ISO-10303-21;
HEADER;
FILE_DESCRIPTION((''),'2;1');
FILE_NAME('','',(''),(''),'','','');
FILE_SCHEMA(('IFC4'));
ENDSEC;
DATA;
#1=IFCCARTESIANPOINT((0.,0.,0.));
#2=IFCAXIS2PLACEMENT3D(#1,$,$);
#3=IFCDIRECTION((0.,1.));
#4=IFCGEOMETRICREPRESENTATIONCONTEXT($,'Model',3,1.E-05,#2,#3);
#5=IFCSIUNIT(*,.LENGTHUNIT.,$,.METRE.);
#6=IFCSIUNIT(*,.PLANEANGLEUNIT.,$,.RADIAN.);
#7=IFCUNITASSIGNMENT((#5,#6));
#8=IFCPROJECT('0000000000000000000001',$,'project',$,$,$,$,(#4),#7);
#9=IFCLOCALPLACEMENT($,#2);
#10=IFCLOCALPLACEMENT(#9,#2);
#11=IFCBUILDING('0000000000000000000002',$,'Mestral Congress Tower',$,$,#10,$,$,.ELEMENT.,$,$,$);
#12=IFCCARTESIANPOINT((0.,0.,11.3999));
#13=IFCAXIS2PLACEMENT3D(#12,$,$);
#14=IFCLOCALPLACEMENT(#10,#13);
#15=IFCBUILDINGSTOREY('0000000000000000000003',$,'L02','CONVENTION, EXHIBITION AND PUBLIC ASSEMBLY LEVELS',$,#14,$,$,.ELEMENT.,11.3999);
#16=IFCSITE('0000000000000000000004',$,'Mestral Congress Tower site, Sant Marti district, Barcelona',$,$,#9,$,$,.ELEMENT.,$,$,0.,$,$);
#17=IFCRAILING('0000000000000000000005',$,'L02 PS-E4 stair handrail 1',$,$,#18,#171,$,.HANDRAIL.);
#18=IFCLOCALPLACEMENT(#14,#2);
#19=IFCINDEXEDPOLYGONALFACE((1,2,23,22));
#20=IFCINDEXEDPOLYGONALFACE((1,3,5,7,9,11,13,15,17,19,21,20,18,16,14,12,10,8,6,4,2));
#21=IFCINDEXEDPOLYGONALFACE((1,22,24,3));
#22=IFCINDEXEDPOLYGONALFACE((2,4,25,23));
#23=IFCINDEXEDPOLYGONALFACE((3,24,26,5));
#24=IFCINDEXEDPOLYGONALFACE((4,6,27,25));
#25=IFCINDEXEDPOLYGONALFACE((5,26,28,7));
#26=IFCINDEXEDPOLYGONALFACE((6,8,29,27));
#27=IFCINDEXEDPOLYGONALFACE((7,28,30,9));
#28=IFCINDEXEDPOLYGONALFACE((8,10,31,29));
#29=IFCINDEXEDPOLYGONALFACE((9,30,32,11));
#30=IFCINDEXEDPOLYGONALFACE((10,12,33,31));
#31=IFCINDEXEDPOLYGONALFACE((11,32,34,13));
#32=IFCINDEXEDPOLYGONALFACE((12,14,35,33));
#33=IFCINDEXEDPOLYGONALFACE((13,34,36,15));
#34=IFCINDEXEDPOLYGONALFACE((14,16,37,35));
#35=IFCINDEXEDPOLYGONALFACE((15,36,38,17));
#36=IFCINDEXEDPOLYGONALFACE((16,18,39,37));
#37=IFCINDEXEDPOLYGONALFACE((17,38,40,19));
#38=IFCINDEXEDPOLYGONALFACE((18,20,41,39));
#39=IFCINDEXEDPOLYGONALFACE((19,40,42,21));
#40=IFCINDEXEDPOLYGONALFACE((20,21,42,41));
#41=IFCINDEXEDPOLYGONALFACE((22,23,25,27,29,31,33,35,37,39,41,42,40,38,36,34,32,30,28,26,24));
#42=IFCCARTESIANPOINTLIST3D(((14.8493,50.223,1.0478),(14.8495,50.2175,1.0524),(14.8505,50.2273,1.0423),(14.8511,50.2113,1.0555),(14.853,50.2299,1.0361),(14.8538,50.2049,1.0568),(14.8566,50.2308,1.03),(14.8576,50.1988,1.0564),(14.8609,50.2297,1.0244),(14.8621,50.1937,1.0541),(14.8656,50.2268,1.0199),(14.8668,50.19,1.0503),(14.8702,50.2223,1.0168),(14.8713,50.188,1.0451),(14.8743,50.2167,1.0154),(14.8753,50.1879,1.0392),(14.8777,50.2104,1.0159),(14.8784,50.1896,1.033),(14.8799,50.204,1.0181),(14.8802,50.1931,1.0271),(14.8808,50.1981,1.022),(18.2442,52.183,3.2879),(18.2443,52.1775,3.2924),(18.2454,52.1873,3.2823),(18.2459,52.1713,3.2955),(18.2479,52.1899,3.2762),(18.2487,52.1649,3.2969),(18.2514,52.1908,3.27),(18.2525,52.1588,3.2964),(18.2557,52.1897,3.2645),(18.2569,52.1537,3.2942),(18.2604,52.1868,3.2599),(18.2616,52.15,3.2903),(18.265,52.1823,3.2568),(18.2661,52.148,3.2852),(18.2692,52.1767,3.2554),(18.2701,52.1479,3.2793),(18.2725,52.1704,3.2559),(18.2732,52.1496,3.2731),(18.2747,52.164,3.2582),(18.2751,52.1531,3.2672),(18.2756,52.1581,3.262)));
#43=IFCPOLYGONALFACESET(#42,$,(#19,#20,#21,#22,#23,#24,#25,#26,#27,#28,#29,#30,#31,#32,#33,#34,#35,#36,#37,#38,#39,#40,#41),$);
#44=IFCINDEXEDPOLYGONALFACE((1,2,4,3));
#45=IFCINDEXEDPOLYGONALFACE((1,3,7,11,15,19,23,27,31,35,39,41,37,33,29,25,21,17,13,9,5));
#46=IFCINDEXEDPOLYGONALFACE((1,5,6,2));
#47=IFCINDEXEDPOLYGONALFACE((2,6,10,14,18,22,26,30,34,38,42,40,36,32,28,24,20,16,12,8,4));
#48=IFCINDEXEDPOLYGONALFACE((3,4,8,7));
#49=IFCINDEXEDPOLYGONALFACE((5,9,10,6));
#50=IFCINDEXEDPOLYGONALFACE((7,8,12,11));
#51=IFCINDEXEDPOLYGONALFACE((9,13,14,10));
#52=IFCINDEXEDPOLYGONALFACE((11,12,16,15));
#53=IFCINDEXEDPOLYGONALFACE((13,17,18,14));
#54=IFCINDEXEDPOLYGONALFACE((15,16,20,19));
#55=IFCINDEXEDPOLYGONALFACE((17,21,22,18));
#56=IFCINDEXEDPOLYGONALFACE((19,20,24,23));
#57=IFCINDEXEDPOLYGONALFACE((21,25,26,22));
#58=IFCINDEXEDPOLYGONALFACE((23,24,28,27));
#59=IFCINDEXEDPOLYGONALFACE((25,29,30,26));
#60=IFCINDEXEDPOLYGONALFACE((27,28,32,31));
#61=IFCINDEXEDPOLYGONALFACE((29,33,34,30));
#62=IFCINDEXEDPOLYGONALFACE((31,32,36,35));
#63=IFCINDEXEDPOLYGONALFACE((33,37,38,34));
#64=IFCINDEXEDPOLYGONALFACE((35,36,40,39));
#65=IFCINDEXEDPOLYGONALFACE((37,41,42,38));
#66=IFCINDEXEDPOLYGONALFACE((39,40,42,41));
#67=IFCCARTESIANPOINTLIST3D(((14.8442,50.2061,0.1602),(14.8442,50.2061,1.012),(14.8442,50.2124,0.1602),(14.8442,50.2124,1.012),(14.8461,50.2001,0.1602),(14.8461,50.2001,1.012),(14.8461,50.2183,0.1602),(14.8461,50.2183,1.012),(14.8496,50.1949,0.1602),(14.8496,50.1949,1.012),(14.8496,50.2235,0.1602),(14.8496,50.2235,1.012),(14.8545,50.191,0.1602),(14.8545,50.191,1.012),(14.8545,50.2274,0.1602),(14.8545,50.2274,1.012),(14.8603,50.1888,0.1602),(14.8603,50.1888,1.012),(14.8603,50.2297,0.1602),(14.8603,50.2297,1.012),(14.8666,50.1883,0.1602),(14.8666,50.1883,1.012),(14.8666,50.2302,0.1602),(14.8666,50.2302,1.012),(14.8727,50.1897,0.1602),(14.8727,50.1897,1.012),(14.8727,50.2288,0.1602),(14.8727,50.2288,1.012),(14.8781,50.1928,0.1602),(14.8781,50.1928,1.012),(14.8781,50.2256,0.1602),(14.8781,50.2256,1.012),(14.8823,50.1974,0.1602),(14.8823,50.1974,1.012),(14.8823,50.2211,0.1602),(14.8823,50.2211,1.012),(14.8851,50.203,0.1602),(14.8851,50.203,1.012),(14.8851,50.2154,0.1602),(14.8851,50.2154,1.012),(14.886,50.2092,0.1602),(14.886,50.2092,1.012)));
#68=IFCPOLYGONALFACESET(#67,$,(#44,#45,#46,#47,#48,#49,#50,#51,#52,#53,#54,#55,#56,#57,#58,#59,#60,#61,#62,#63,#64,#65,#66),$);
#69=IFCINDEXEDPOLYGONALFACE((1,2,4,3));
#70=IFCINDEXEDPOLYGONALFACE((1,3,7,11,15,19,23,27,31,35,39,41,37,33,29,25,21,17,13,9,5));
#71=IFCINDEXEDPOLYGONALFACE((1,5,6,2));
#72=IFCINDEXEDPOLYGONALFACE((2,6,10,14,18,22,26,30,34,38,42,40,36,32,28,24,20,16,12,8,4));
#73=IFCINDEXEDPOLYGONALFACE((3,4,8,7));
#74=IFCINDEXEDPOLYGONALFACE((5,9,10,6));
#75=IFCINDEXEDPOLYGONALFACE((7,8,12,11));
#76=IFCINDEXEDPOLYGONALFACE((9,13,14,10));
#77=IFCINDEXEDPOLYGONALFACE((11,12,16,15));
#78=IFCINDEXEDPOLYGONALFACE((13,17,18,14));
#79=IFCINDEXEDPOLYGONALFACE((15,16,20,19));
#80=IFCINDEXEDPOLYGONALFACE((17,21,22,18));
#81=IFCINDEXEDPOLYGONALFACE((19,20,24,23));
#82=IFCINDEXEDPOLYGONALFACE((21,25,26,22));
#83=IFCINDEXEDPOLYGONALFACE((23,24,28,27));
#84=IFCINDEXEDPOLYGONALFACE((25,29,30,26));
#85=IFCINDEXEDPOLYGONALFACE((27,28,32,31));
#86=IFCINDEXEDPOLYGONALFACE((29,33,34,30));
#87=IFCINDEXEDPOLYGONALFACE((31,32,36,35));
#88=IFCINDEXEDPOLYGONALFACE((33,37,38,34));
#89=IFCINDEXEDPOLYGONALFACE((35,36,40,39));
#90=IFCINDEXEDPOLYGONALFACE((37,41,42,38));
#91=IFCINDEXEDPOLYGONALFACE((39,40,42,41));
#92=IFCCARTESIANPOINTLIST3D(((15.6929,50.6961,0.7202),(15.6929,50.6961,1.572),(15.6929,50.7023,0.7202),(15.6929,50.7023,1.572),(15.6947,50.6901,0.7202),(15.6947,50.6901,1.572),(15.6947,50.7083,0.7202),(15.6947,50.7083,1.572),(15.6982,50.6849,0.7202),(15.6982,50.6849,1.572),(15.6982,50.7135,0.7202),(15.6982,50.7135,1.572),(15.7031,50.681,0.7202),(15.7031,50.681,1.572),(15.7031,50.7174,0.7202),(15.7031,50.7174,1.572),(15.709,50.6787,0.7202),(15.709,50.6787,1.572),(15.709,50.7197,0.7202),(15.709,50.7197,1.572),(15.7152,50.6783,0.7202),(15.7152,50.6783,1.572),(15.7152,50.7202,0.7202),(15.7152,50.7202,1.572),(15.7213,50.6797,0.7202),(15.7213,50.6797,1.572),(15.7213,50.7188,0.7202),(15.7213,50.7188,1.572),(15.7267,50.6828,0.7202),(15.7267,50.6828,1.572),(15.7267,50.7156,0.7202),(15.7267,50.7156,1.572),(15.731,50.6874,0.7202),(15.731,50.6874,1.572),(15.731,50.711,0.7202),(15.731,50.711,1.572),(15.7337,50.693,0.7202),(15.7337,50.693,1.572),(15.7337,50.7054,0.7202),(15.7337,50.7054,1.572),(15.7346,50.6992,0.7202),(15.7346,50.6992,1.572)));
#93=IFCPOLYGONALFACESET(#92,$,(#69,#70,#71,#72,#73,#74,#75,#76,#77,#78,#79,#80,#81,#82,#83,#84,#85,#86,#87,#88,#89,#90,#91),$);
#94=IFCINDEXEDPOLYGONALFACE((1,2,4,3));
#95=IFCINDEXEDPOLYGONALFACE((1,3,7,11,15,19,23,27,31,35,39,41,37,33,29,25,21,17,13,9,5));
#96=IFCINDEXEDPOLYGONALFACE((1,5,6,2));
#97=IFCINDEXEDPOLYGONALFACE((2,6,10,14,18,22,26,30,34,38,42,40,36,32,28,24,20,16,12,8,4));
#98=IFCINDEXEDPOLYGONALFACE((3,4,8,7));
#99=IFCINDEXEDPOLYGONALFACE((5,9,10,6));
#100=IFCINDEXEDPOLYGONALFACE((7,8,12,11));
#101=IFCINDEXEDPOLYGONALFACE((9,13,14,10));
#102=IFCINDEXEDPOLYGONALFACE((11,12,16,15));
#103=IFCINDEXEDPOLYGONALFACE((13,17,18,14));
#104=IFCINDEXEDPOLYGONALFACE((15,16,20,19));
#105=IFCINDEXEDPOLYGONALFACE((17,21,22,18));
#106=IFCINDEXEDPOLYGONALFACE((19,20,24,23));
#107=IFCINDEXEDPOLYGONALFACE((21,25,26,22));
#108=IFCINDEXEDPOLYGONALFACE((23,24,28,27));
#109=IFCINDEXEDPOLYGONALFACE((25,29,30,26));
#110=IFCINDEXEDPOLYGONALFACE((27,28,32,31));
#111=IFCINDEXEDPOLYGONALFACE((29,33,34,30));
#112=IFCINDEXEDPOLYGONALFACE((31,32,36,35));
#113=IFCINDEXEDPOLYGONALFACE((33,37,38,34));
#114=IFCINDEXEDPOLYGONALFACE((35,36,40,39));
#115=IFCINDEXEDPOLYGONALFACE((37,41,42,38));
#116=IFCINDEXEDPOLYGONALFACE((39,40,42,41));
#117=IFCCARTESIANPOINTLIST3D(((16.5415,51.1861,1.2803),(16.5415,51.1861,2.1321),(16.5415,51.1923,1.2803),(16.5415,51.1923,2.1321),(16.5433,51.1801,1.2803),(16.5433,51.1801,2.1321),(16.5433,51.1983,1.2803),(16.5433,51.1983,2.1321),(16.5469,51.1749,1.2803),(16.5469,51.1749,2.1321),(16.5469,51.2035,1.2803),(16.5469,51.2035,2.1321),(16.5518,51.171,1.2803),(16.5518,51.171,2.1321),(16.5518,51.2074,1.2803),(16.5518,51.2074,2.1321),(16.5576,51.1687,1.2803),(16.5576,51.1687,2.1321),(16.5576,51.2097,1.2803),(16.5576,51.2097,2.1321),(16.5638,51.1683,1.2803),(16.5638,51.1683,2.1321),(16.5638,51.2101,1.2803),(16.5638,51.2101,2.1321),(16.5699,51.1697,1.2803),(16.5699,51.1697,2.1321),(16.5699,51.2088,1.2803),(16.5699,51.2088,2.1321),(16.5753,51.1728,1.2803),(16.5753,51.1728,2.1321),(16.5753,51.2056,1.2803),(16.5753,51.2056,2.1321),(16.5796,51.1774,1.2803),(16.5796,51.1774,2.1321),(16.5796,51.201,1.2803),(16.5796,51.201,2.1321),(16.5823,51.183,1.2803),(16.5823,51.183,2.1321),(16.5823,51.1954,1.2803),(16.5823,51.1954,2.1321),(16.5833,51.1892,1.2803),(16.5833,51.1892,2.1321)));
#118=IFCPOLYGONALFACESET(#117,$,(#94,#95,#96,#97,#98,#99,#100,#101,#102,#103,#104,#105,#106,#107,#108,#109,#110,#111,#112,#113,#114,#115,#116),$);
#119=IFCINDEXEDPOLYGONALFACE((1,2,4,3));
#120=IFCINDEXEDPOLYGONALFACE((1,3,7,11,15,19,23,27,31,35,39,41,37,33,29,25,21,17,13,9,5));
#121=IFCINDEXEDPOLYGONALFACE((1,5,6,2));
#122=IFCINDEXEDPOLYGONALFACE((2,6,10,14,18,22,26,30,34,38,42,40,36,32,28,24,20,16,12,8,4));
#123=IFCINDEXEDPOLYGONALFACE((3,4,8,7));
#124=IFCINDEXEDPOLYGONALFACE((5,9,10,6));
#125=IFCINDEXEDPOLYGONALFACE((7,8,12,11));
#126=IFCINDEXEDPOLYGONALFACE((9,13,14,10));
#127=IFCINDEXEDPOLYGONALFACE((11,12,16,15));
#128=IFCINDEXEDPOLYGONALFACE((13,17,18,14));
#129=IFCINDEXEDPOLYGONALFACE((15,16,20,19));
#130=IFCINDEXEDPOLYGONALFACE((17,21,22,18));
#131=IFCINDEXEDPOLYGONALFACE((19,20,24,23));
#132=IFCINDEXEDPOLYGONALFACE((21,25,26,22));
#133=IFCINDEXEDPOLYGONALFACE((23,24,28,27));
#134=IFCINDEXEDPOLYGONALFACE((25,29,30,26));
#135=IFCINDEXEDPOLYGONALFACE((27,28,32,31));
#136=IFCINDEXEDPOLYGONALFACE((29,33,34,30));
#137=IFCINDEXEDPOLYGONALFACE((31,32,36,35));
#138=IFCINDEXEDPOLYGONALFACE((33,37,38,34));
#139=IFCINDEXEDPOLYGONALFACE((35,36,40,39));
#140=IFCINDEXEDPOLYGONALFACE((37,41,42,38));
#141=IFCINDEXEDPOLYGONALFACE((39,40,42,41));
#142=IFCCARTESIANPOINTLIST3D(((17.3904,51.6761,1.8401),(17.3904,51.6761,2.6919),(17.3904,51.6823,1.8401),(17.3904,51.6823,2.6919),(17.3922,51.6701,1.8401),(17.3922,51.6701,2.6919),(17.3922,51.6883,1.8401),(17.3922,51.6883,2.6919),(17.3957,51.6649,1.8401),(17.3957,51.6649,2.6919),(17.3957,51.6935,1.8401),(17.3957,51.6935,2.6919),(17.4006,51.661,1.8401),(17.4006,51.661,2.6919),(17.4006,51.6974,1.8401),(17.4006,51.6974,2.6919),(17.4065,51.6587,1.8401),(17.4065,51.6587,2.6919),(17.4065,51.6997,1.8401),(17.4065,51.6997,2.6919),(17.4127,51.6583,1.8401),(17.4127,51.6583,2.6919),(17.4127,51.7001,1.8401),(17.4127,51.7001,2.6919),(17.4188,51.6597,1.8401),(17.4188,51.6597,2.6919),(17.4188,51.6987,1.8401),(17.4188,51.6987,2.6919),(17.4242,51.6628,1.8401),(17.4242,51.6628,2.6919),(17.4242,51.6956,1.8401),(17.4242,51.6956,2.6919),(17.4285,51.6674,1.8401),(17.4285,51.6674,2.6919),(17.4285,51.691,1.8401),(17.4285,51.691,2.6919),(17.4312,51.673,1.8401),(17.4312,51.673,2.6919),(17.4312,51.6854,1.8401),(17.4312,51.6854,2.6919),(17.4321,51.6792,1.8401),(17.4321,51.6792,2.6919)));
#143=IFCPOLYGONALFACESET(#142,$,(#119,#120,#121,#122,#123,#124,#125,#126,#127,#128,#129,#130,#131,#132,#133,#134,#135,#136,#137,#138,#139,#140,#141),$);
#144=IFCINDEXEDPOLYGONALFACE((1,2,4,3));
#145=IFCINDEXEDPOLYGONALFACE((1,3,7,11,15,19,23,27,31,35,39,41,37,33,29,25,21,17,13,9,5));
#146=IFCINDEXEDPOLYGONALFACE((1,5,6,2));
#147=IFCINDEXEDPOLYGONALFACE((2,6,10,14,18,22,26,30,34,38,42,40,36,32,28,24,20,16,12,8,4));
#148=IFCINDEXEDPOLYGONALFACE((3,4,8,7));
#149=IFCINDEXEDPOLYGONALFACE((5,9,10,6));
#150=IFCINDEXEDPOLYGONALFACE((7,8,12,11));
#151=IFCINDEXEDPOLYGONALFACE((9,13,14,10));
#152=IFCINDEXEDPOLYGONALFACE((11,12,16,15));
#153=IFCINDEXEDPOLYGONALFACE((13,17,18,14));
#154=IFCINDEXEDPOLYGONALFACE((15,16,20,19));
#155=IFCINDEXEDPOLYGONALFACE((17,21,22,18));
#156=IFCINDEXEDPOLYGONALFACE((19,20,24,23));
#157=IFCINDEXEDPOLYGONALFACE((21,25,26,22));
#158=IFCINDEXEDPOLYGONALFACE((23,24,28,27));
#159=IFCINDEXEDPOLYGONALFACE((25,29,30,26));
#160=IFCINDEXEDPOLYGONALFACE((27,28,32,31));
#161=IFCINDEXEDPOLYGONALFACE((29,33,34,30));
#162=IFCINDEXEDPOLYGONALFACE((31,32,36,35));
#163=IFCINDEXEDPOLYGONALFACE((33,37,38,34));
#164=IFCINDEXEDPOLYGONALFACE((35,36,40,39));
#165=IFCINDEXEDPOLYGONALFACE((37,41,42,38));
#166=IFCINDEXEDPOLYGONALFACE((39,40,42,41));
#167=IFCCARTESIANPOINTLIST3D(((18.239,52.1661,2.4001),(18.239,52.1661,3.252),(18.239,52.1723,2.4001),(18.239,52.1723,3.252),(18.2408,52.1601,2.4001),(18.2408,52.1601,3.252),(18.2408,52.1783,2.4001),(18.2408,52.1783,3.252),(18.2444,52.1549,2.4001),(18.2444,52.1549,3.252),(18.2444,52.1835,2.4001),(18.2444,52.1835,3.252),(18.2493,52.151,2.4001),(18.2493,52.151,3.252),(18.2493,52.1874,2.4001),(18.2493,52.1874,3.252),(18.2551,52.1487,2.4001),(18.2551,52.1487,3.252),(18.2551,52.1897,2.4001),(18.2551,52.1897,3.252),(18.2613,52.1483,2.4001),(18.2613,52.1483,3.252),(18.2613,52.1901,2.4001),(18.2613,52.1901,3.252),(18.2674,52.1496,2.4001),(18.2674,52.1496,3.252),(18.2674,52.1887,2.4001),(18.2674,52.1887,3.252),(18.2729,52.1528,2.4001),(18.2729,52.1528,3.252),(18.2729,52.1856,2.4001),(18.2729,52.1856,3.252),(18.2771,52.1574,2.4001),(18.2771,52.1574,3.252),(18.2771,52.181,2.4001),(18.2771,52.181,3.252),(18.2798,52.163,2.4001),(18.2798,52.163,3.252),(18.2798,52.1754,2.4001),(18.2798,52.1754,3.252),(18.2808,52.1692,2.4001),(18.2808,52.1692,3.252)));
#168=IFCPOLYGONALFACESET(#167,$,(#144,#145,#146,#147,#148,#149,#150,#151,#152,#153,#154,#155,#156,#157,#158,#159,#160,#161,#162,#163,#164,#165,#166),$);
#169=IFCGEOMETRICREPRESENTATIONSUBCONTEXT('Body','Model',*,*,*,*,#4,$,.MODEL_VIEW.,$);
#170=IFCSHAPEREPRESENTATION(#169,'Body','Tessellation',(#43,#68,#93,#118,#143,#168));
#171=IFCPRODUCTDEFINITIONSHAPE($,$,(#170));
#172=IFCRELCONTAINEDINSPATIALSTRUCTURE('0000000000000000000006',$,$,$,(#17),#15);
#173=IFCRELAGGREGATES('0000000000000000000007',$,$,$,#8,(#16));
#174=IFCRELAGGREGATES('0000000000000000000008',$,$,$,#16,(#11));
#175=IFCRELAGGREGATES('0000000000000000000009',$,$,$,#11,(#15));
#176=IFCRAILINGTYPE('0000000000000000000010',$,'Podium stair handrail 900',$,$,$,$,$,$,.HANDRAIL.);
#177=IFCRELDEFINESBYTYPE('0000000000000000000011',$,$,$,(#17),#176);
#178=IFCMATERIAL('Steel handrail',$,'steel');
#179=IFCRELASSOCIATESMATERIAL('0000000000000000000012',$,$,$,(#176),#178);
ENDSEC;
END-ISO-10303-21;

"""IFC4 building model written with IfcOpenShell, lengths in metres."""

from ifc_helpers import new_model, si_unit, direction, frame, origin, origin_2d, place, context, subcontext, project, spatial, circle, extrude, material, type_object, element, save


model = new_model("IFC4")

# Units and contexts
model_context = context("Model", 3, precision=1e-05, world=origin(), true_north=direction((0.0, 1.0)))
body_context = subcontext(model_context, "Body", "Model", "MODEL_VIEW")
ifc_project = project(units=[si_unit("LENGTHUNIT", "METRE"), si_unit("PLANEANGLEUNIT", "RADIAN")], contexts=[model_context])

# Site, building, storey
site_placement = place(None, origin())
site = spatial("IfcSite", under=ifc_project, at=site_placement, Name="Mestral Congress Tower site, Sant Marti district, Barcelona", CompositionType="ELEMENT", RefElevation=0.0)
building_placement = place(site_placement, origin())
building = spatial("IfcBuilding", under=site, at=building_placement, Name="Mestral Congress Tower", CompositionType="ELEMENT")
storey_placement = place(building_placement, frame((0.0, 0.0, 11.3999)))
storey = spatial("IfcBuildingStorey", under=building, at=storey_placement, Name="L02", Description="CONVENTION, EXHIBITION AND PUBLIC ASSEMBLY LEVELS", CompositionType="ELEMENT", Elevation=11.3999)

# Railing
ifc_material_1 = material(Name="Steel handrail", Category="steel")
railing_type_1 = type_object("IfcRailingType", Name="Podium stair handrail 900", PredefinedType="HANDRAIL", material=ifc_material_1)
railing_1_placement = place(storey_placement, frame((14.865, 50.2092, 0.1602)))
element("IfcRailing", 1, at=railing_1_placement, inside=storey, type_object=railing_type_1, Name="L02 PS-E4 stair handrail 1", PredefinedType="HANDRAIL", context=body_context, shape_type="SweptSolid", body=[
    extrude(circle(Radius=0.0239, at=origin_2d()), frame((0.0, 0.0, 0.876), z_axis=(0.75192, 0.434118, 0.496143), x_axis=(-0.499997, 0.866027, 0.0)), (0.0, 0.0, 1.0), 4.5149),
    extrude(circle(Radius=0.021, at=origin_2d()), origin(), (0.0, 0.0, 1.0), 0.8518),
    extrude(circle(Radius=0.021, at=origin_2d()), frame((0.8486, 0.49, 0.5601)), (0.0, 0.0, 1.0), 0.8518),
    extrude(circle(Radius=0.021, at=origin_2d()), frame((1.6973, 0.98, 1.1201)), (0.0, 0.0, 1.0), 0.8518),
    extrude(circle(Radius=0.021, at=origin_2d()), frame((2.5461, 1.47, 1.6799)), (0.0, 0.0, 1.0), 0.8518),
    extrude(circle(Radius=0.021, at=origin_2d()), frame((3.3948, 1.96, 2.24)), (0.0, 0.0, 1.0), 0.8518),
])

save(model, "model.ifc")
